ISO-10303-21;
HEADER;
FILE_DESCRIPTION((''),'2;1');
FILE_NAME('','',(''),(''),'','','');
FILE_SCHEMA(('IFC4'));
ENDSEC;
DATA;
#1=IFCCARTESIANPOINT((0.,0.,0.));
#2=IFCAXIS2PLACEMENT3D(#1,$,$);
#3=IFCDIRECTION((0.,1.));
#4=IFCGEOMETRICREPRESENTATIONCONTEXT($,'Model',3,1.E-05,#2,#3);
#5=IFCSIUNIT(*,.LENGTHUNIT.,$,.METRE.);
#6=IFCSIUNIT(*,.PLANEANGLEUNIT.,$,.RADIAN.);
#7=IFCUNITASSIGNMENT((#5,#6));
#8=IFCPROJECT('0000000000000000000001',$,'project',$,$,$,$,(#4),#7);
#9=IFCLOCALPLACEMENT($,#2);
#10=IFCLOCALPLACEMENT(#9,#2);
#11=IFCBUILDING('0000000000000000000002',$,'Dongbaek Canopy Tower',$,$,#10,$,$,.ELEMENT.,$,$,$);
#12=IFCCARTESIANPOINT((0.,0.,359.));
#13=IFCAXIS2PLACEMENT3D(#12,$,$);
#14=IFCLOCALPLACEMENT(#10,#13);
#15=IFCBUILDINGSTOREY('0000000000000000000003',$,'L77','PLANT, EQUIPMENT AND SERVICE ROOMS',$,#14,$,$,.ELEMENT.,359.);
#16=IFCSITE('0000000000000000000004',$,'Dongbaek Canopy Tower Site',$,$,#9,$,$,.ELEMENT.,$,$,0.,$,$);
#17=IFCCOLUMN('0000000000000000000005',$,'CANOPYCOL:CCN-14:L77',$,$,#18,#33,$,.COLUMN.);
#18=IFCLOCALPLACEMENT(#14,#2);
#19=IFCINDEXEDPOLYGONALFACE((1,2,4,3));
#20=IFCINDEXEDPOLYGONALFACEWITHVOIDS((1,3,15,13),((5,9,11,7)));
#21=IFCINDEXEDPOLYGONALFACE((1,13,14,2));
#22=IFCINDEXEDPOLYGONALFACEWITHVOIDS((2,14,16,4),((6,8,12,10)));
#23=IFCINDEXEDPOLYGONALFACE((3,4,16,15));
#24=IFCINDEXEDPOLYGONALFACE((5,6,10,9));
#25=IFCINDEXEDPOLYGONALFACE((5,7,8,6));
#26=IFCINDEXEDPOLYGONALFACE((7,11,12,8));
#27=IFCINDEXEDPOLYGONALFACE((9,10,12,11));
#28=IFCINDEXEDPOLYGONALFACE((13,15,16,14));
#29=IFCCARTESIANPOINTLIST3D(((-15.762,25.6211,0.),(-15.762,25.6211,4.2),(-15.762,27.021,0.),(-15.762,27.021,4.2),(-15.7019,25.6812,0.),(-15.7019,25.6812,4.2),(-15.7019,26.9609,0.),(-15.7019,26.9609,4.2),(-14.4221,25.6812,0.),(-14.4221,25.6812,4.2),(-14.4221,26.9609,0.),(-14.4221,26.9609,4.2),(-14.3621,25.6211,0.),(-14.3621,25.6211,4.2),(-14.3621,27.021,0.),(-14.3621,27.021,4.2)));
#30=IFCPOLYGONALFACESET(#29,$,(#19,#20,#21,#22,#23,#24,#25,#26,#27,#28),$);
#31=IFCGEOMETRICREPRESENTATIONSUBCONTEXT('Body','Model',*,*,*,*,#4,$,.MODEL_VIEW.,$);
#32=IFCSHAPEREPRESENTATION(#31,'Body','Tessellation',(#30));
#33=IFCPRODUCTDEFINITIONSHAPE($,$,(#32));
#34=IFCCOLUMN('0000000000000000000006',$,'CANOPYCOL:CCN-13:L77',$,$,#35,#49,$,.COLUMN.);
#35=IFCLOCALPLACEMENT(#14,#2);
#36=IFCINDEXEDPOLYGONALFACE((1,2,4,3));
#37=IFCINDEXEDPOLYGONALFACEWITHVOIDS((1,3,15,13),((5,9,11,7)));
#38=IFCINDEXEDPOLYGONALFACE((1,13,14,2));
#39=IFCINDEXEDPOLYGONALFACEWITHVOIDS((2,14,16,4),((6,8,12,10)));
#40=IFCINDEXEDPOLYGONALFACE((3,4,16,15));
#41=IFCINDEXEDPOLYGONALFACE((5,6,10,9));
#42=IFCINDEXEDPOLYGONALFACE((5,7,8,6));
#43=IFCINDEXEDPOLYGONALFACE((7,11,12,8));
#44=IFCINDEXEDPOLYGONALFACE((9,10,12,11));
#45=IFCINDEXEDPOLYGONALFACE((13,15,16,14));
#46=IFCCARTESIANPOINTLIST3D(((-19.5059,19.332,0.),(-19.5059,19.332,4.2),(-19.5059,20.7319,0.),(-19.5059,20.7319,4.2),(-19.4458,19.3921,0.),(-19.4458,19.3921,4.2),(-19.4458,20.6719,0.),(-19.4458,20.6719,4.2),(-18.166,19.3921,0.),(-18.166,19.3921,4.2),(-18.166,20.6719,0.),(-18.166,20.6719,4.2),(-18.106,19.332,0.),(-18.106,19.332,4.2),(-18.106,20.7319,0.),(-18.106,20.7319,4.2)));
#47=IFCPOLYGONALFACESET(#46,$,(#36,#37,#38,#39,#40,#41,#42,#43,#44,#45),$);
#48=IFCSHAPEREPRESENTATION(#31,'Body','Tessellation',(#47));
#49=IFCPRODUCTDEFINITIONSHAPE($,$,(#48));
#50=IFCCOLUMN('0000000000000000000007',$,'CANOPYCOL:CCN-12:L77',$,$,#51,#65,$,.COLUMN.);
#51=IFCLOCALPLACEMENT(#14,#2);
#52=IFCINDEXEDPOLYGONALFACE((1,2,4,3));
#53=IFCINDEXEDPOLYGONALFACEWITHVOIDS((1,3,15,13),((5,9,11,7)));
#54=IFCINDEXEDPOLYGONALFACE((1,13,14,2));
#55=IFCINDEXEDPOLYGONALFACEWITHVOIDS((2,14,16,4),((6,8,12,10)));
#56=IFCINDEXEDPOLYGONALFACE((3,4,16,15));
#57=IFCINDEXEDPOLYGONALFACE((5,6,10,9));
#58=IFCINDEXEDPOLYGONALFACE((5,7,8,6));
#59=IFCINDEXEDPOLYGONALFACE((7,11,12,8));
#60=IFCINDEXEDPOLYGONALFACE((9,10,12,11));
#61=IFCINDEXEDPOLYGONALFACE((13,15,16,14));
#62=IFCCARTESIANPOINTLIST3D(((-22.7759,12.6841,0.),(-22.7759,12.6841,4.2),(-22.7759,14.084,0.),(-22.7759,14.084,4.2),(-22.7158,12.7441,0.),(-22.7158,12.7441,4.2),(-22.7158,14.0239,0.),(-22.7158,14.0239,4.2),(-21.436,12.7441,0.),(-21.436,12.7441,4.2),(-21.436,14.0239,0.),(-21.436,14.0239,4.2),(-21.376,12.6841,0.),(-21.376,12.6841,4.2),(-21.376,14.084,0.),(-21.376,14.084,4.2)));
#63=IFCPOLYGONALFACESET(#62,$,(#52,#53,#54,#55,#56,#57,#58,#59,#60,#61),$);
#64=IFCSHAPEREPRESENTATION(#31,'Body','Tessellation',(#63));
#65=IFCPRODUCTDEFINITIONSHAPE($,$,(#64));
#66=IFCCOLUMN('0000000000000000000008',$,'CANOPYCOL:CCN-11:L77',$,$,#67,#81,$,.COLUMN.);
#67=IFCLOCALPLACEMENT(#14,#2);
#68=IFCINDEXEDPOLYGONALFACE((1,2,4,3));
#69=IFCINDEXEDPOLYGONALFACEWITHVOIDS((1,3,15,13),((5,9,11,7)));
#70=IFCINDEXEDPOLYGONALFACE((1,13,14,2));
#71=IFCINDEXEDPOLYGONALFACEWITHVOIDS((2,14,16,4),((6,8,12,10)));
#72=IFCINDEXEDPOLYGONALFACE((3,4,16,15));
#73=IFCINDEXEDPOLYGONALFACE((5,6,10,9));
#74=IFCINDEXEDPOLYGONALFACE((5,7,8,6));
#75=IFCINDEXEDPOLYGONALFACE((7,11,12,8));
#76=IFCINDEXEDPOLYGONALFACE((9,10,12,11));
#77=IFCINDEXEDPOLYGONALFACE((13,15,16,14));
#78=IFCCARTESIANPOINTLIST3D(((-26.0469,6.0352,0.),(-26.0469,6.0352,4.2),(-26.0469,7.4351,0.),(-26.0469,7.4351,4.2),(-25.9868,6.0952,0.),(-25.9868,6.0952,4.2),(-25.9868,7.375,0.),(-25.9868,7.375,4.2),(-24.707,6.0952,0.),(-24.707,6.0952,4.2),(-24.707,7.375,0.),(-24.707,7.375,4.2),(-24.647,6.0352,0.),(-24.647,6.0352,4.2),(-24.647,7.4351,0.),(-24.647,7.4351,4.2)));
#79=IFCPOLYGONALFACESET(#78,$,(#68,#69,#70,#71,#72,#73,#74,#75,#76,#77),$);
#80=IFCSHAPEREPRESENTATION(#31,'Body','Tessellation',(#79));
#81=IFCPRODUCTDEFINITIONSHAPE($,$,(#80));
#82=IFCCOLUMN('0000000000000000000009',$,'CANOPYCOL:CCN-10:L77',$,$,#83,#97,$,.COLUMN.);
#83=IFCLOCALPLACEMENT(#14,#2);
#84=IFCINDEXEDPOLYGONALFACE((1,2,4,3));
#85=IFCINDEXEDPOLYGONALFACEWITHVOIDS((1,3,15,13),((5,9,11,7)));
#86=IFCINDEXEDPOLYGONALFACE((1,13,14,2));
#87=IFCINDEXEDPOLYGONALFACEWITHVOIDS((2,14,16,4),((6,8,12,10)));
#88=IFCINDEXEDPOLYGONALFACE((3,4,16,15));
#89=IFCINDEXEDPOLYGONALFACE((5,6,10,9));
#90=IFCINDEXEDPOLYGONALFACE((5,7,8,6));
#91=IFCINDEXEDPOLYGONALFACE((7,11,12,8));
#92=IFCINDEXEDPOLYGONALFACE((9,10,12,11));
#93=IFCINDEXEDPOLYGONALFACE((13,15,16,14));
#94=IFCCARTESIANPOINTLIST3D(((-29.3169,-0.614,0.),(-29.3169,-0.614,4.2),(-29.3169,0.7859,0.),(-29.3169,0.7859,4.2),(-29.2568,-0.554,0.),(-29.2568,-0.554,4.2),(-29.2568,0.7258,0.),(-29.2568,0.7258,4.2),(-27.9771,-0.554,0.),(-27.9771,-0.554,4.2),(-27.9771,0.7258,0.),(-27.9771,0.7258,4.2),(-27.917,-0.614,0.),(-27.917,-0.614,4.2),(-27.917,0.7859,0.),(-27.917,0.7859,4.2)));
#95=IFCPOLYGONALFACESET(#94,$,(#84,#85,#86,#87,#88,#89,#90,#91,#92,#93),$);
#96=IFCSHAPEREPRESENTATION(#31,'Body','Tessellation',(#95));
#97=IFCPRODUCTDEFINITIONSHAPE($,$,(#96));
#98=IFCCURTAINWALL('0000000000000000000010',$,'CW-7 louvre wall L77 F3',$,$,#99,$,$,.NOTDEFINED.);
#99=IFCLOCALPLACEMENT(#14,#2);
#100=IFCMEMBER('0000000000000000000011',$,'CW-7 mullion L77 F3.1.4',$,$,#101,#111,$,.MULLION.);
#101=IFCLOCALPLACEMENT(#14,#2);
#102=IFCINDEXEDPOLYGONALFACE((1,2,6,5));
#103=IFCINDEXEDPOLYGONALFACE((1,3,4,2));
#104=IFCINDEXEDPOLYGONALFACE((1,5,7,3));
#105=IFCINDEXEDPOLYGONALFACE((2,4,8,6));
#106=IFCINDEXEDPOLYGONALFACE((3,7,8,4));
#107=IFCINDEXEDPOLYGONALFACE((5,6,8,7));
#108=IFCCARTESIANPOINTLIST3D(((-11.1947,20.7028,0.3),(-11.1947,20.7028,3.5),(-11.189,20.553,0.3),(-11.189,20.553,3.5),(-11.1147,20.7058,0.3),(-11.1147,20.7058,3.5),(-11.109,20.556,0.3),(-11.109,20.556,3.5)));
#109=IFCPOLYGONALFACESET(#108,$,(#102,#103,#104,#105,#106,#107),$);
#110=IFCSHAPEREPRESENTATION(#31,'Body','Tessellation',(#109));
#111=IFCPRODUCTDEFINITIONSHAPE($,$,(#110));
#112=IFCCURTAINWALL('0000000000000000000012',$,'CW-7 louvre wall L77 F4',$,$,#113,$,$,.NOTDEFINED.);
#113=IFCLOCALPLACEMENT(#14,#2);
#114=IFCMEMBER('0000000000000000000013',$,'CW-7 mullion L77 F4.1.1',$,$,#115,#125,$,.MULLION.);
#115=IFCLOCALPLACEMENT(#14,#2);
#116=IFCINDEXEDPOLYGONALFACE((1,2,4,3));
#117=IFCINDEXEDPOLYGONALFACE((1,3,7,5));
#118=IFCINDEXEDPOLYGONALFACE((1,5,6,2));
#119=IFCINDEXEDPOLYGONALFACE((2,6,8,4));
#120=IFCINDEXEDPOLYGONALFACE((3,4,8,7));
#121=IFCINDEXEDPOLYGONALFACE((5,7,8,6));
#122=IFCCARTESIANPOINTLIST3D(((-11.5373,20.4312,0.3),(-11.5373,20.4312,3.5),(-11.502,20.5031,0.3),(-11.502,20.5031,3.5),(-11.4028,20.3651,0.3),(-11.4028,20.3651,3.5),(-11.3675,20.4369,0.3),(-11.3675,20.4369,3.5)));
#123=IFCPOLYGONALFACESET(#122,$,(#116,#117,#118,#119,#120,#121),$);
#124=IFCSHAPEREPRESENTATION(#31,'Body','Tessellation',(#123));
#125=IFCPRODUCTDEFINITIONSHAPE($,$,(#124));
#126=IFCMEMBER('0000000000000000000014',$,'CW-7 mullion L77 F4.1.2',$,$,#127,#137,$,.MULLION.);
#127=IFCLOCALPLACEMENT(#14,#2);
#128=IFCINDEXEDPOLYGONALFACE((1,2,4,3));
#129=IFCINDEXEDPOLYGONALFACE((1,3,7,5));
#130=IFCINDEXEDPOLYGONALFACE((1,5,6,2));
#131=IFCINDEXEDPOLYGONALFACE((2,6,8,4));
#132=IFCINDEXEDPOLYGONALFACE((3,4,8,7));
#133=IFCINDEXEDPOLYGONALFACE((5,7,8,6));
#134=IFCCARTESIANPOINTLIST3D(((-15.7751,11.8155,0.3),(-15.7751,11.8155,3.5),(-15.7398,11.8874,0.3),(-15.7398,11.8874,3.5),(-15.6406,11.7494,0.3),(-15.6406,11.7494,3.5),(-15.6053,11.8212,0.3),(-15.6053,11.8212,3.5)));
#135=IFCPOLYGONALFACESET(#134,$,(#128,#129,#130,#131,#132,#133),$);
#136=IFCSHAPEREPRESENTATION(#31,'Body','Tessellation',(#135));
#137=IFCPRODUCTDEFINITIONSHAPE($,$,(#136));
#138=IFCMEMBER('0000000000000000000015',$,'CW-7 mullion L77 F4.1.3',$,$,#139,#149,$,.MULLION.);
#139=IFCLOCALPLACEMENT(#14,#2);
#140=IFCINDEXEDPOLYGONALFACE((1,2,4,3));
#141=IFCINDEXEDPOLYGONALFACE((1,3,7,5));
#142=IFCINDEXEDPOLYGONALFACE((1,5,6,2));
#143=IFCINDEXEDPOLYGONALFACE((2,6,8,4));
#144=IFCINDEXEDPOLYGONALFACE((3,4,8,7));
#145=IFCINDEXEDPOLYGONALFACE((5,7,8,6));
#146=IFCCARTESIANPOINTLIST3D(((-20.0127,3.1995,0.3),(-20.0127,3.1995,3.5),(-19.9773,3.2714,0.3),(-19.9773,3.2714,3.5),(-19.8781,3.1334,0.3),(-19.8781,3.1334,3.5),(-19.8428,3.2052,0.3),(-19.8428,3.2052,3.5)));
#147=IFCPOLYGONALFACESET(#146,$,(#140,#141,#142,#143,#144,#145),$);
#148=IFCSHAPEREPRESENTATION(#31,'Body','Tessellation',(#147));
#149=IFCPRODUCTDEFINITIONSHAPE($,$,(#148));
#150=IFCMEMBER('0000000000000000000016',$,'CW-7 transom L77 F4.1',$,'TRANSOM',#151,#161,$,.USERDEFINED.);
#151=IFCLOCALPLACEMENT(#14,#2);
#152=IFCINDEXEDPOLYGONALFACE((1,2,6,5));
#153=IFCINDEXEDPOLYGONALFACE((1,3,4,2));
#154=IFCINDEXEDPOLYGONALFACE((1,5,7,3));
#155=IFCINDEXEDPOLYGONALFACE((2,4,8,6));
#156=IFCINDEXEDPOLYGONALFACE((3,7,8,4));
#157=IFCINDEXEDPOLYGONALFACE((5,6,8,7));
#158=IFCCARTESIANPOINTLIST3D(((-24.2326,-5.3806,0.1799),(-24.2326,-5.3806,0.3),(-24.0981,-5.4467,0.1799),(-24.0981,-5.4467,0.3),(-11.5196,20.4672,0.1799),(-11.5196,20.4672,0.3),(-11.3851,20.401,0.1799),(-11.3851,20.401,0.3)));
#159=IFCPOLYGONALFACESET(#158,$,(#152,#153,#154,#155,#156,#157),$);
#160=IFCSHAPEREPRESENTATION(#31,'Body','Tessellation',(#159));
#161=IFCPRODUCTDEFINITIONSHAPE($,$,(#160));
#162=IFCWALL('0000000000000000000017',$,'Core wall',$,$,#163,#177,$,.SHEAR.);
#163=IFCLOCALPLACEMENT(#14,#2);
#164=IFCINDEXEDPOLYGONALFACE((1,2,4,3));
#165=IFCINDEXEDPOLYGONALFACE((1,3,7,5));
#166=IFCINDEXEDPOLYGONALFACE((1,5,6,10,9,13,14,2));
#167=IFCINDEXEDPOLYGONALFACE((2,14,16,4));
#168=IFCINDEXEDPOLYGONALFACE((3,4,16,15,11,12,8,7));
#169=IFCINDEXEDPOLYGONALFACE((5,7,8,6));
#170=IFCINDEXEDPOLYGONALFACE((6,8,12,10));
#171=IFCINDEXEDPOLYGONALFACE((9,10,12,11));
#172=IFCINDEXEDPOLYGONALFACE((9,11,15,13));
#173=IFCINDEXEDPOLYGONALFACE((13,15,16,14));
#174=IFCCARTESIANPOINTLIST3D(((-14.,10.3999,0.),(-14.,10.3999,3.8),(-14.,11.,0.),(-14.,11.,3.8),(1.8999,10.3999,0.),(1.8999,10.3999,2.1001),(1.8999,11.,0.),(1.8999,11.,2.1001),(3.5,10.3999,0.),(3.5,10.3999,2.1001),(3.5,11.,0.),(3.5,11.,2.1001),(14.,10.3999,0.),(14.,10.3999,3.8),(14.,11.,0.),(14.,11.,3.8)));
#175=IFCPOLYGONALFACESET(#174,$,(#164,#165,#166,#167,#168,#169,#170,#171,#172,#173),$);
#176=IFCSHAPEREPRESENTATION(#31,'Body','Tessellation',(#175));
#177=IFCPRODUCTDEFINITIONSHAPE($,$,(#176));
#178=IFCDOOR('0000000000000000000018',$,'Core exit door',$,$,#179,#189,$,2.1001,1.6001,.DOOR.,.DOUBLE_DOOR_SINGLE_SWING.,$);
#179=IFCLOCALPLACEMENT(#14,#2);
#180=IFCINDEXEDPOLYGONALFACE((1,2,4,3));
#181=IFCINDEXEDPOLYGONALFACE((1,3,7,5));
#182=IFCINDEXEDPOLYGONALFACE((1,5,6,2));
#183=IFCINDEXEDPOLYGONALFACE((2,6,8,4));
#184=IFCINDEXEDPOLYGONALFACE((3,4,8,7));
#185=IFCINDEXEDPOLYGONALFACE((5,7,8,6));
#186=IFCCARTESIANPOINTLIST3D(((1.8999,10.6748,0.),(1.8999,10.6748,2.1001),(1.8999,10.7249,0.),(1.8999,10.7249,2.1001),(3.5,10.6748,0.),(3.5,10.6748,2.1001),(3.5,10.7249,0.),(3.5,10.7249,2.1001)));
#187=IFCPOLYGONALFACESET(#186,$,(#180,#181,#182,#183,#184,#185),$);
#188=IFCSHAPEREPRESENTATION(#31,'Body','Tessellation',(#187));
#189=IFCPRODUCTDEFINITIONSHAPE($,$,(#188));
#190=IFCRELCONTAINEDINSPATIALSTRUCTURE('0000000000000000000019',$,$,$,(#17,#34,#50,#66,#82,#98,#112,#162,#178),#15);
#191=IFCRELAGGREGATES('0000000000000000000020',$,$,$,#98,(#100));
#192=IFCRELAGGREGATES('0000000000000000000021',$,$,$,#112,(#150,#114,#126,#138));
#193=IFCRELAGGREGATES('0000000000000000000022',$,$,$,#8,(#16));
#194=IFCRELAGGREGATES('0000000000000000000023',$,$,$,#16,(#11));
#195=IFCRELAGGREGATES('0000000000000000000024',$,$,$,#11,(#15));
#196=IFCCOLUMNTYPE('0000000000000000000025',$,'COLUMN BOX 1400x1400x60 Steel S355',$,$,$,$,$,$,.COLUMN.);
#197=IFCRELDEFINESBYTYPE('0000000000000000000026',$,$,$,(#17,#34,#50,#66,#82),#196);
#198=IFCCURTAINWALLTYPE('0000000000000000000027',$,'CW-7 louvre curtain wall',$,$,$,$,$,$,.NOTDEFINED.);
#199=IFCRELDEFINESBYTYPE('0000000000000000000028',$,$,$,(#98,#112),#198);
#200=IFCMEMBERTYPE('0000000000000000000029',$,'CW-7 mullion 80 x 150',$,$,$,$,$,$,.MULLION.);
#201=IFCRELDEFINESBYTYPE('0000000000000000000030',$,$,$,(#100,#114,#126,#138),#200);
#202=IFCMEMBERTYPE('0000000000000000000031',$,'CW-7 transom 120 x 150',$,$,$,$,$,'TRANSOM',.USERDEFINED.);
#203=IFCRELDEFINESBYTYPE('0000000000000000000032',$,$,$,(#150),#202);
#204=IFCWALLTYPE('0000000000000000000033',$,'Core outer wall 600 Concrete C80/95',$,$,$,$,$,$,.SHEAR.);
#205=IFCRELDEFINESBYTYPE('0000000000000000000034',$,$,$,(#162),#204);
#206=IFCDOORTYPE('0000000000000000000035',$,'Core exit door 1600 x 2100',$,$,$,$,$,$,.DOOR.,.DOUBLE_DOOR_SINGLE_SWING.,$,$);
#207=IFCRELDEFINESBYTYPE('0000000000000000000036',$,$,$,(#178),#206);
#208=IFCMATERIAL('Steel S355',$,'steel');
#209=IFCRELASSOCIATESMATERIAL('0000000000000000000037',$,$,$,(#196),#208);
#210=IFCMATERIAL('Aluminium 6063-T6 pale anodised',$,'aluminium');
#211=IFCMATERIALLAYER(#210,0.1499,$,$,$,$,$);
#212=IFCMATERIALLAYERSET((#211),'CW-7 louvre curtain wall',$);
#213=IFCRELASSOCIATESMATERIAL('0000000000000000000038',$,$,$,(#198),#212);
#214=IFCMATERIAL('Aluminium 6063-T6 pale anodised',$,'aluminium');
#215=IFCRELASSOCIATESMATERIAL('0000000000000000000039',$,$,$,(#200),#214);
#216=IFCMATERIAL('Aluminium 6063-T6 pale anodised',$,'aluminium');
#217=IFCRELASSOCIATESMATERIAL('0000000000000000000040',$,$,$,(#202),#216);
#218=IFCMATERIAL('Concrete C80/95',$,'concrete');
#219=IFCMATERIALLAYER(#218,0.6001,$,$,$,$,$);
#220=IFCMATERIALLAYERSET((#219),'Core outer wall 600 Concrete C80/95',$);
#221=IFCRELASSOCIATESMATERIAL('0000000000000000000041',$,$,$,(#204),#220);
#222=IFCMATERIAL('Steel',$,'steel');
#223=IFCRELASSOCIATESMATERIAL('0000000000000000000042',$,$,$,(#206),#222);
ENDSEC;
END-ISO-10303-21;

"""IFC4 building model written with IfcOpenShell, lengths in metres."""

from ifc_helpers import new_model, si_unit, direction, frame, frame_2d, origin, origin_2d, place, context, subcontext, project, spatial, rectangle, hollow_rectangle, extrude, material, layer, layer_set, material_profile, profile_set, type_object, element, fill, aggregate, save


model = new_model("IFC4")

# Units and contexts
model_context = context("Model", 3, precision=1e-05, world=origin(), true_north=direction((0.0, 1.0)))
body_context = subcontext(model_context, "Body", "Model", "MODEL_VIEW")
ifc_project = project(units=[si_unit("LENGTHUNIT", "METRE"), si_unit("PLANEANGLEUNIT", "RADIAN")], contexts=[model_context])

# Site, building, storey
site_placement = place(None, origin())
site = spatial("IfcSite", under=ifc_project, at=site_placement, Name="Dongbaek Canopy Tower Site", CompositionType="ELEMENT", RefElevation=0.0)
building_placement = place(site_placement, origin())
building = spatial("IfcBuilding", under=site, at=building_placement, Name="Dongbaek Canopy Tower", CompositionType="ELEMENT")
storey_placement = place(building_placement, frame((0.0, 0.0, 359.0)))
storey = spatial("IfcBuildingStorey", under=building, at=storey_placement, Name="L77", Description="PLANT, EQUIPMENT AND SERVICE ROOMS", CompositionType="ELEMENT", Elevation=359.0)

# Columns
ifc_material_1 = material(Name="Steel S355", Category="steel")
ifc_material_profile_1 = material_profile(ifc_material_1, hollow_rectangle(XDim=1.3999, YDim=1.3999, WallThickness=0.0601, at=origin_2d()), Name="COLUMN BOX 1400x1400x60 Steel S355")
ifc_profile_set_1 = profile_set([ifc_material_profile_1], Name="Steel S355")
column_type = type_object("IfcColumnType", Name="COLUMN BOX 1400x1400x60 Steel S355", PredefinedType="COLUMN", material=ifc_profile_set_1)
for number, where, z_axis, x_axis, name in (
    (1, (-15.062, 26.321, 0.0), (0.0, 0.0, 1.0), (1.0, 0.0, 0.0), "CANOPYCOL:CCN-14:L77"),
    (2, (-18.8059, 20.032, 0.0), (0.0, 0.0, 1.0), (1.0, 0.0, 0.0), "CANOPYCOL:CCN-13:L77"),
    (3, (-22.0759, 13.384, 0.0), (0.0, 0.0, 1.0), (1.0, 0.0, 0.0), "CANOPYCOL:CCN-12:L77"),
    (4, (-25.3469, 6.7351, 0.0), (0.0, 0.0, 1.0), (1.0, 0.0, 0.0), "CANOPYCOL:CCN-11:L77"),
    (5, (-28.6169, 0.0859, 0.0), (0.0, 0.0, 1.0), (1.0, 0.0, 0.0), "CANOPYCOL:CCN-10:L77"),
):
    element("IfcColumn", number, at=place(storey_placement, frame(where, z_axis=z_axis, x_axis=x_axis)), inside=storey, type_object=column_type, Name=name, PredefinedType="COLUMN", context=body_context, shape_type="SweptSolid", body=[
        extrude(hollow_rectangle(XDim=1.3999, YDim=1.3999, WallThickness=0.0601, at=origin_2d()), origin(), (0.0, 0.0, 1.0), 4.2),
    ])

# Curtain wall, member
ifc_material_2 = material(Name="Aluminium 6063-T6 pale anodised", Category="aluminium")
ifc_layer_1 = layer(ifc_material_2, 0.1499)
ifc_layer_set_1 = layer_set([ifc_layer_1], Name="CW-7 louvre curtain wall")
curtain_wall_type = type_object("IfcCurtainWallType", Name="CW-7 louvre curtain wall", PredefinedType="NOTDEFINED", material=ifc_layer_set_1)
curtain_wall_1_placement = place(storey_placement, origin())
curtain_wall_1 = element("IfcCurtainWall", 6, at=curtain_wall_1_placement, inside=storey, type_object=curtain_wall_type, Name="CW-7 louvre wall L77 F3", PredefinedType="NOTDEFINED")
ifc_material_3 = material(Name="Aluminium 6063-T6 pale anodised", Category="aluminium")
ifc_material_profile_2 = material_profile(ifc_material_3, rectangle(XDim=0.1499, YDim=0.0801, at=origin_2d()), Name="CW-7 mullion 80 x 150")
ifc_profile_set_2 = profile_set([ifc_material_profile_2], Name="Aluminium 6063-T6 pale anodised")
member_type_1 = type_object("IfcMemberType", Name="CW-7 mullion 80 x 150", PredefinedType="MULLION", material=ifc_profile_set_2)
member_1_placement = place(storey_placement, frame((-11.1519, 20.6294, 0.3), z_axis=(0.0, 0.0, 1.0), x_axis=(-0.038232, 0.999269, 0.0)))
member_1 = element("IfcMember", 7, at=member_1_placement, type_object=member_type_1, Name="CW-7 mullion L77 F3.1.4", PredefinedType="MULLION", context=body_context, shape_type="SweptSolid", body=[
    extrude(rectangle(XDim=0.1499, YDim=0.0801, at=origin_2d()), origin(), (0.0, 0.0, 1.0), 3.2),
])
aggregate(curtain_wall_1, [member_1])

# Curtain wall, members
curtain_wall_2_placement = place(storey_placement, origin())
curtain_wall_2 = element("IfcCurtainWall", 8, at=curtain_wall_2_placement, inside=storey, type_object=curtain_wall_type, Name="CW-7 louvre wall L77 F4", PredefinedType="NOTDEFINED")
member_2_placement = place(storey_placement, frame((-11.4524, 20.4341, 0.3), z_axis=(0.0, 0.0, 1.0), x_axis=(-0.897339, 0.441342, 0.0)))
member_2 = element("IfcMember", 9, at=member_2_placement, type_object=member_type_1, Name="CW-7 mullion L77 F4.1.1", PredefinedType="MULLION", context=body_context, shape_type="SweptSolid", body=[
    extrude(rectangle(XDim=0.1499, YDim=0.0801, at=origin_2d()), origin(), (0.0, 0.0, 1.0), 3.2),
])
member_3_placement = place(storey_placement, frame((-15.6902, 11.8184, 0.3), z_axis=(0.0, 0.0, 1.0), x_axis=(-0.897339, 0.441342, 0.0)))
member_3 = element("IfcMember", 10, at=member_3_placement, type_object=member_type_1, Name="CW-7 mullion L77 F4.1.2", PredefinedType="MULLION", context=body_context, shape_type="SweptSolid", body=[
    extrude(rectangle(XDim=0.1499, YDim=0.0801, at=origin_2d()), origin(), (0.0, 0.0, 1.0), 3.2),
])
member_4_placement = place(storey_placement, frame((-19.9277, 3.2024, 0.3), z_axis=(0.0, 0.0, 1.0), x_axis=(-0.897339, 0.441342, 0.0)))
member_4 = element("IfcMember", 11, at=member_4_placement, type_object=member_type_1, Name="CW-7 mullion L77 F4.1.3", PredefinedType="MULLION", context=body_context, shape_type="SweptSolid", body=[
    extrude(rectangle(XDim=0.1499, YDim=0.0801, at=origin_2d()), origin(), (0.0, 0.0, 1.0), 3.2),
])
ifc_material_4 = material(Name="Aluminium 6063-T6 pale anodised", Category="aluminium")
ifc_material_profile_3 = material_profile(ifc_material_4, rectangle(XDim=0.1499, YDim=0.1201, at=origin_2d()), Name="CW-7 transom 120 x 150")
ifc_profile_set_3 = profile_set([ifc_material_profile_3], Name="Aluminium 6063-T6 pale anodised")
member_type_2 = type_object("IfcMemberType", Name="CW-7 transom 120 x 150", ElementType="TRANSOM", PredefinedType="USERDEFINED", material=ifc_profile_set_3)
member_5_placement = place(storey_placement, frame((-11.4524, 20.4341, 0.24), z_axis=(-0.441346, -0.897337, 0.0), x_axis=(0.897337, -0.441346, 0.0)))
member_5 = element("IfcMember", 12, at=member_5_placement, type_object=member_type_2, Name="CW-7 transom L77 F4.1", ObjectType="TRANSOM", PredefinedType="USERDEFINED", context=body_context, shape_type="SweptSolid", body=[
    extrude(rectangle(XDim=0.1499, YDim=0.1201, at=origin_2d()), origin(), (0.0, 0.0, 1.0), 28.8049),
])

# Wall, opening, door
ifc_material_5 = material(Name="Concrete C80/95", Category="concrete")
ifc_layer_2 = layer(ifc_material_5, 0.6001)
ifc_layer_set_2 = layer_set([ifc_layer_2], Name="Core outer wall 600 Concrete C80/95")
wall_type_1 = type_object("IfcWallType", Name="Core outer wall 600 Concrete C80/95", PredefinedType="SHEAR", material=ifc_layer_set_2)
wall_1_placement = place(storey_placement, frame((-14.0, 10.7, 0.0), z_axis=(0.0, 0.0, 1.0), x_axis=(1.0, 0.0, 0.0)))
wall_1 = element("IfcWall", 13, at=wall_1_placement, inside=storey, type_object=wall_type_1, Name="Core wall", PredefinedType="SHEAR", context=body_context, shape_type="SweptSolid", body=[
    extrude(rectangle(XDim=28.0, YDim=0.6001, at=frame_2d((14.0, 0.0))), origin(), (0.0, 0.0, 1.0), 3.8),
])
opening_1_placement = place(wall_1_placement, frame((15.8999, 0.0, 0.0)))
opening_1 = element("IfcOpeningElement", 14, at=opening_1_placement, cuts=wall_1, PredefinedType="OPENING", context=body_context, shape_type="SweptSolid", body=[
    extrude(rectangle(XDim=1.6001, YDim=2.1001, at=frame_2d((0.8, 1.05))), frame((0.0, 0.3101, 0.0), z_axis=(0.0, -1.0, 0.0), x_axis=(1.0, 0.0, 0.0)), (0.0, 0.0, 1.0), 0.6201),
])
ifc_material_6 = material(Name="Steel", Category="steel")
door_type_1 = type_object("IfcDoorType", Name="Core exit door 1600 x 2100", OperationType="DOUBLE_DOOR_SINGLE_SWING", PredefinedType="DOOR", material=ifc_material_6)
door_1_placement = place(opening_1_placement, origin())
door_1 = element("IfcDoor", 15, at=door_1_placement, inside=storey, type_object=door_type_1, Name="Core exit door", OperationType="DOUBLE_DOOR_SINGLE_SWING", OverallHeight=2.1001, OverallWidth=1.6001, PredefinedType="DOOR", context=body_context, shape_type="SweptSolid", body=[
    extrude(rectangle(XDim=1.6001, YDim=2.1001, at=frame_2d((0.8, 1.05))), frame((0.0, 0.0249, 0.0), z_axis=(0.0, -1.0, 0.0), x_axis=(1.0, 0.0, 0.0)), (0.0, 0.0, 1.0), 0.05),
])
fill(opening_1, door_1)

aggregate(curtain_wall_2, [member_5, member_2, member_3, member_4])

save(model, "model.ifc")
